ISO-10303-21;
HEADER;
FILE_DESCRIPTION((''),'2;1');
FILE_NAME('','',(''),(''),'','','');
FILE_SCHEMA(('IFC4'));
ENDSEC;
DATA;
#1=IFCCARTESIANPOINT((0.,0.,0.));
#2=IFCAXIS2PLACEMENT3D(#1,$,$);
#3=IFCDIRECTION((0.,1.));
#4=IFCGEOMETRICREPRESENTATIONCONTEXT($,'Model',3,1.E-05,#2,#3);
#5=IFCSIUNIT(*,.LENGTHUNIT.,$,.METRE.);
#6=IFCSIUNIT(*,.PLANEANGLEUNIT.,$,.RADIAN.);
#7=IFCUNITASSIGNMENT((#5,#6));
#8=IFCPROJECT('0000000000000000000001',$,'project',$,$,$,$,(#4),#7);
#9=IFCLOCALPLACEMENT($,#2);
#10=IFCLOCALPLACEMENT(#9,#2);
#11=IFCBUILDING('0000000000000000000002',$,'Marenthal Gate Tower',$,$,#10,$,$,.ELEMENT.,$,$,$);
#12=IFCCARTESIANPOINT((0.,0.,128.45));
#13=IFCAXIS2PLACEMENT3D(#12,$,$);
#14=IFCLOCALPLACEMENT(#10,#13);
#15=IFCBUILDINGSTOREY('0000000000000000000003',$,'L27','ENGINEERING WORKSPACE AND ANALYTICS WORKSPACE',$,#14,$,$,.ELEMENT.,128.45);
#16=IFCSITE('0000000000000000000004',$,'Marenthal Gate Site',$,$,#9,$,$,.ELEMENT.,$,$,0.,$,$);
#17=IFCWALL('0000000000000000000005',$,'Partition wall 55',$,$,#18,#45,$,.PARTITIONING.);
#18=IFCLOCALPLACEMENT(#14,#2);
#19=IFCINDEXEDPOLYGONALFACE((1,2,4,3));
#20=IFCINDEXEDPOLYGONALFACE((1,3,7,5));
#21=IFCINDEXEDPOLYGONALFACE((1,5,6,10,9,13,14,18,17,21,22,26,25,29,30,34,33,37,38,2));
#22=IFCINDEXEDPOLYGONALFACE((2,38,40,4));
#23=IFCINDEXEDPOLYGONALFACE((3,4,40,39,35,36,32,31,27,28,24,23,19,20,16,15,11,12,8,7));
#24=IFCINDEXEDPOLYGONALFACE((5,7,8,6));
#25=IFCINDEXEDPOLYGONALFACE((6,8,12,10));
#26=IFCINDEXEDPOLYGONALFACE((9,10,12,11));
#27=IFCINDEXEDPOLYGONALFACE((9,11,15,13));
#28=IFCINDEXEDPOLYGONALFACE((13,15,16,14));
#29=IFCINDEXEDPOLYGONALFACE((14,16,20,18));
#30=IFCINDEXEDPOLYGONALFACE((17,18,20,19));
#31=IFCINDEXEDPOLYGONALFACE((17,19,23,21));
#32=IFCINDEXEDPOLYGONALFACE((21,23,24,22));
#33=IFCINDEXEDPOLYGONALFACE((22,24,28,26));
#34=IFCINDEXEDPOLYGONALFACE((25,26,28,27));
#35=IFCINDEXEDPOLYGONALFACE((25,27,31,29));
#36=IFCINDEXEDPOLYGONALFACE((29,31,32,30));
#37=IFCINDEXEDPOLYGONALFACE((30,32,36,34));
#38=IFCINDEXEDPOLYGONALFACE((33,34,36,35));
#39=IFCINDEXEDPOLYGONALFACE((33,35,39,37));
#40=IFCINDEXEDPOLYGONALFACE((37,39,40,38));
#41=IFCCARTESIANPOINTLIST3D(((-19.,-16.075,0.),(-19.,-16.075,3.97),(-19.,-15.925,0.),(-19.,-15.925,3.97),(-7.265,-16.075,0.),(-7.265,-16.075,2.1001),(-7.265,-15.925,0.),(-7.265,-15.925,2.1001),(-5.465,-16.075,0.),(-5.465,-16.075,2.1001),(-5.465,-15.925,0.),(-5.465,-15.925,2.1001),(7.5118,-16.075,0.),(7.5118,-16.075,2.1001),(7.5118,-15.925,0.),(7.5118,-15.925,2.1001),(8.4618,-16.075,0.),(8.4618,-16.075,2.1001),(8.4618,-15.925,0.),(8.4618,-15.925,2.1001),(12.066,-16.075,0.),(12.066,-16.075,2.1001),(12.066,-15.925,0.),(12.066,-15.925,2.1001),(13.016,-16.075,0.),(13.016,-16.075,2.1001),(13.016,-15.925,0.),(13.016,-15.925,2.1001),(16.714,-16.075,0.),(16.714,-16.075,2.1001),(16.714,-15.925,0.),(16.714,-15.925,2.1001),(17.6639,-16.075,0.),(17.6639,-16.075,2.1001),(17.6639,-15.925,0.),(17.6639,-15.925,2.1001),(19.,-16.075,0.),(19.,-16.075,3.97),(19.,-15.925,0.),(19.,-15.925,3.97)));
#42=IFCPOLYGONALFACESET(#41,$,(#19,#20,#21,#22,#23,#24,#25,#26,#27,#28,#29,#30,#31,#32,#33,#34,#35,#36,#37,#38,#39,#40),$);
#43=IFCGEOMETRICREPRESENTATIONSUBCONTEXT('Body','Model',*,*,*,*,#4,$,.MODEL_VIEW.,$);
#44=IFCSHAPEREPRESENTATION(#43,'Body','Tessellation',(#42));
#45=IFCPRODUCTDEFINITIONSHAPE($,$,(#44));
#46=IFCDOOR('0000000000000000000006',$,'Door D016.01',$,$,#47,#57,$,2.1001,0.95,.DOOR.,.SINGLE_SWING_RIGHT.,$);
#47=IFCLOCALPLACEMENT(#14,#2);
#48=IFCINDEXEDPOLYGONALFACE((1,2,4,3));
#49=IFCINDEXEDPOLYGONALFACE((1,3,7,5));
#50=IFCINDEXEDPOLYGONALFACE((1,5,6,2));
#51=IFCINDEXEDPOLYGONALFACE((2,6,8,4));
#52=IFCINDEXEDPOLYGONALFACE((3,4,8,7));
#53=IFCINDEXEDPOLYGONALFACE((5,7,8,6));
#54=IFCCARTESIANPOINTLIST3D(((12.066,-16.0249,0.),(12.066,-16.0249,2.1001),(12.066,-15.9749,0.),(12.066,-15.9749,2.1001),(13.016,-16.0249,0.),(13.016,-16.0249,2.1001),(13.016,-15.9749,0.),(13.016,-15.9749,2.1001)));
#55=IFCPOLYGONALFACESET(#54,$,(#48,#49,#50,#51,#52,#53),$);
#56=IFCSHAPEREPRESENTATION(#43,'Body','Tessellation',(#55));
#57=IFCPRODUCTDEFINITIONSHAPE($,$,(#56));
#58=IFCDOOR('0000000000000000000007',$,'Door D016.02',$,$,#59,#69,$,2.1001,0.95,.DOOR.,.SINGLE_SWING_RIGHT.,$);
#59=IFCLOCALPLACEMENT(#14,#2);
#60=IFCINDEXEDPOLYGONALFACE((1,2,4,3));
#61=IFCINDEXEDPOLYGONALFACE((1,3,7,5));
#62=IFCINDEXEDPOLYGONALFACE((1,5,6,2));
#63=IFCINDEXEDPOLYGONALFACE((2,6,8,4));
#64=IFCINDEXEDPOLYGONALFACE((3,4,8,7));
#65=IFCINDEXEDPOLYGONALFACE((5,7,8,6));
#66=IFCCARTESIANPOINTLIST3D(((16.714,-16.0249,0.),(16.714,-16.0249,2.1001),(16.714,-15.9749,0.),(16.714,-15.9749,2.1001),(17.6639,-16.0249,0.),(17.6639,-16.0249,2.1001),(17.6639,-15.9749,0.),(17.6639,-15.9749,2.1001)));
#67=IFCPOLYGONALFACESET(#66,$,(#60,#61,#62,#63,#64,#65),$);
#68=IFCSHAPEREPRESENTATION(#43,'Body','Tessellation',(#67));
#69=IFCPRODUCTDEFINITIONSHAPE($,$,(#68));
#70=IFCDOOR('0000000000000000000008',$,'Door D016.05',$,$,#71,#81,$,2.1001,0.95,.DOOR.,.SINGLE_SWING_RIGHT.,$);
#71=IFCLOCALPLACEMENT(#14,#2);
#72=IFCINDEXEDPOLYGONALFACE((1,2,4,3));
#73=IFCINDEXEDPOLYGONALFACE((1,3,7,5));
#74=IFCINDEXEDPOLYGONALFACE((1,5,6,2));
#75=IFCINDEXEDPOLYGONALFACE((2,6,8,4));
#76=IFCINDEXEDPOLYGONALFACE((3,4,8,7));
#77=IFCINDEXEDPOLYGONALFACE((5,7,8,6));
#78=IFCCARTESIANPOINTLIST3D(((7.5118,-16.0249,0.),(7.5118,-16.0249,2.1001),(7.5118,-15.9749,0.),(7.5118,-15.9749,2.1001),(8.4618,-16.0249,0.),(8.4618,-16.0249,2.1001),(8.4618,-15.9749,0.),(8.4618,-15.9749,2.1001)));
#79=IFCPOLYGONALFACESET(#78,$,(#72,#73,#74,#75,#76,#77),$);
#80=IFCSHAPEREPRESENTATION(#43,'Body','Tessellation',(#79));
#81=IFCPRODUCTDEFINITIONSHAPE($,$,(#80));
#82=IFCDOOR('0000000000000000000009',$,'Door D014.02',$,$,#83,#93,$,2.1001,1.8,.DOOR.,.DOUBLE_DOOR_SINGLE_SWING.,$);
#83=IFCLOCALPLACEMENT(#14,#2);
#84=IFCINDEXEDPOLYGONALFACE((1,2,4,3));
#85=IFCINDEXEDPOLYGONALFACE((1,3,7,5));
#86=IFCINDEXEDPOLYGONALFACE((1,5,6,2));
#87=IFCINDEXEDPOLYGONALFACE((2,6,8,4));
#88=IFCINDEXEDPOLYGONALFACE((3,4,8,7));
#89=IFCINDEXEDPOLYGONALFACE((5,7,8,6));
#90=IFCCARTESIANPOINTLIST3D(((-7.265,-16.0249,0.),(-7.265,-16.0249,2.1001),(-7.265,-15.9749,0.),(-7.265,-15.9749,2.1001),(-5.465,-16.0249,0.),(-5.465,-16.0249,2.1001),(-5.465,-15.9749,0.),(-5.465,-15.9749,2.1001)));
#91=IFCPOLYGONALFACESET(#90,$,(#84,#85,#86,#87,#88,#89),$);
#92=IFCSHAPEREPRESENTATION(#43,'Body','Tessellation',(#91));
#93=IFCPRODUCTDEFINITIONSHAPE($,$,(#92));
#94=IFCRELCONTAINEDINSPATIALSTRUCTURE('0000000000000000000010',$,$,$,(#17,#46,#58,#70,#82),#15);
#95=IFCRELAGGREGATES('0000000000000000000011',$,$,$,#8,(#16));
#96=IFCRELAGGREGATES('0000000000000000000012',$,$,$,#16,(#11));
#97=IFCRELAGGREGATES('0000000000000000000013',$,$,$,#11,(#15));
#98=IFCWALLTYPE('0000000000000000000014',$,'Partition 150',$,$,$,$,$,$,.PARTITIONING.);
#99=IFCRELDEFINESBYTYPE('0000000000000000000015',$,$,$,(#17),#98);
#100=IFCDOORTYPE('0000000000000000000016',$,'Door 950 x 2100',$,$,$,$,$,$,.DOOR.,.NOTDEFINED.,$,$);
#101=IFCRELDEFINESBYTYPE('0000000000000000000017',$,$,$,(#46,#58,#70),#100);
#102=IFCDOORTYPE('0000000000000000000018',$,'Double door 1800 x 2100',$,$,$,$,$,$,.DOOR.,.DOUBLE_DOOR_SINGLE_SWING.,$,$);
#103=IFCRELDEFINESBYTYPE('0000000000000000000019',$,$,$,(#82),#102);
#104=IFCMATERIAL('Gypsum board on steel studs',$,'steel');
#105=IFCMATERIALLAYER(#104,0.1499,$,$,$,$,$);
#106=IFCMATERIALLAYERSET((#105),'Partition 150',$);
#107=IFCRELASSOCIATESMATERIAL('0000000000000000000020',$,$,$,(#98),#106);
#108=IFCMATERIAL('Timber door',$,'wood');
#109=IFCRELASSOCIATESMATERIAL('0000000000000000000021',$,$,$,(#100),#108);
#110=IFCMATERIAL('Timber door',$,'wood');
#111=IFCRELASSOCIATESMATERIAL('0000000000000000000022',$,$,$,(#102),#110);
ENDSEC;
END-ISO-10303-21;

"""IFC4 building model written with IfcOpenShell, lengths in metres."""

from ifc_helpers import new_model, si_unit, direction, frame, frame_2d, origin, place, context, subcontext, project, spatial, rectangle, extrude, material, layer, layer_set, type_object, element, fill, save


model = new_model("IFC4")

# Units and contexts
model_context = context("Model", 3, precision=1e-05, world=origin(), true_north=direction((0.0, 1.0)))
body_context = subcontext(model_context, "Body", "Model", "MODEL_VIEW")
ifc_project = project(units=[si_unit("LENGTHUNIT", "METRE"), si_unit("PLANEANGLEUNIT", "RADIAN")], contexts=[model_context])

# Site, building, storey
site_placement = place(None, origin())
site = spatial("IfcSite", under=ifc_project, at=site_placement, Name="Marenthal Gate Site", CompositionType="ELEMENT", RefElevation=0.0)
building_placement = place(site_placement, origin())
building = spatial("IfcBuilding", under=site, at=building_placement, Name="Marenthal Gate Tower", CompositionType="ELEMENT")
storey_placement = place(building_placement, frame((0.0, 0.0, 128.45)))
storey = spatial("IfcBuildingStorey", under=building, at=storey_placement, Name="L27", Description="ENGINEERING WORKSPACE AND ANALYTICS WORKSPACE", CompositionType="ELEMENT", Elevation=128.45)

# Wall, openings, doors
ifc_material_1 = material(Name="Gypsum board on steel studs", Category="steel")
ifc_layer_1 = layer(ifc_material_1, 0.1499)
ifc_layer_set_1 = layer_set([ifc_layer_1], Name="Partition 150")
wall_type_1 = type_object("IfcWallType", Name="Partition 150", PredefinedType="PARTITIONING", material=ifc_layer_set_1)
wall_1_placement = place(storey_placement, frame((19.0, -16.0, 0.0), z_axis=(0.0, 0.0, 1.0), x_axis=(-1.0, 0.0, 0.0)))
wall_1 = element("IfcWall", 1, at=wall_1_placement, inside=storey, type_object=wall_type_1, Name="Partition wall 55", PredefinedType="PARTITIONING", context=body_context, shape_type="SweptSolid", body=[
    extrude(rectangle(XDim=38.0, YDim=0.1499, at=frame_2d((19.0, 0.0))), origin(), (0.0, 0.0, 1.0), 3.97),
])
opening_1_placement = place(wall_1_placement, frame((24.4651, 0.0, 0.0)))
opening_1 = element("IfcOpeningElement", 2, at=opening_1_placement, cuts=wall_1, PredefinedType="OPENING", context=body_context, shape_type="SweptSolid", body=[
    extrude(rectangle(XDim=1.8, YDim=2.1001, at=frame_2d((0.8999, 1.05))), frame((0.0, 0.085, 0.0), z_axis=(0.0, -1.0, 0.0), x_axis=(1.0, 0.0, 0.0)), (0.0, 0.0, 1.0), 0.1699),
])
opening_2_placement = place(wall_1_placement, frame((5.9839, 0.0, 0.0)))
opening_2 = element("IfcOpeningElement", 3, at=opening_2_placement, cuts=wall_1, PredefinedType="OPENING", context=body_context, shape_type="SweptSolid", body=[
    extrude(rectangle(XDim=0.95, YDim=2.1001, at=frame_2d((0.4751, 1.05))), frame((0.0, 0.085, 0.0), z_axis=(0.0, -1.0, 0.0), x_axis=(1.0, 0.0, 0.0)), (0.0, 0.0, 1.0), 0.1699),
])
opening_3_placement = place(wall_1_placement, frame((1.3359, 0.0, 0.0)))
opening_3 = element("IfcOpeningElement", 4, at=opening_3_placement, cuts=wall_1, PredefinedType="OPENING", context=body_context, shape_type="SweptSolid", body=[
    extrude(rectangle(XDim=0.95, YDim=2.1001, at=frame_2d((0.4751, 1.05))), frame((0.0, 0.085, 0.0), z_axis=(0.0, -1.0, 0.0), x_axis=(1.0, 0.0, 0.0)), (0.0, 0.0, 1.0), 0.1699),
])
opening_4_placement = place(wall_1_placement, frame((10.5381, 0.0, 0.0)))
opening_4 = element("IfcOpeningElement", 5, at=opening_4_placement, cuts=wall_1, PredefinedType="OPENING", context=body_context, shape_type="SweptSolid", body=[
    extrude(rectangle(XDim=0.95, YDim=2.1001, at=frame_2d((0.4751, 1.05))), frame((0.0, 0.085, 0.0), z_axis=(0.0, -1.0, 0.0), x_axis=(1.0, 0.0, 0.0)), (0.0, 0.0, 1.0), 0.1699),
])
ifc_material_2 = material(Name="Timber door", Category="wood")
door_type_1 = type_object("IfcDoorType", Name="Door 950 x 2100", OperationType="NOTDEFINED", PredefinedType="DOOR", material=ifc_material_2)
door_1_placement = place(opening_2_placement, origin())
door_1 = element("IfcDoor", 6, at=door_1_placement, inside=storey, type_object=door_type_1, Name="Door D016.01", OperationType="SINGLE_SWING_RIGHT", OverallHeight=2.1001, OverallWidth=0.95, PredefinedType="DOOR", context=body_context, shape_type="SweptSolid", body=[
    extrude(rectangle(XDim=0.95, YDim=2.1001, at=frame_2d((0.4751, 1.05))), frame((0.0, 0.0249, 0.0), z_axis=(0.0, -1.0, 0.0), x_axis=(1.0, 0.0, 0.0)), (0.0, 0.0, 1.0), 0.05),
])
fill(opening_2, door_1)
door_2_placement = place(opening_3_placement, origin())
door_2 = element("IfcDoor", 7, at=door_2_placement, inside=storey, type_object=door_type_1, Name="Door D016.02", OperationType="SINGLE_SWING_RIGHT", OverallHeight=2.1001, OverallWidth=0.95, PredefinedType="DOOR", context=body_context, shape_type="SweptSolid", body=[
    extrude(rectangle(XDim=0.95, YDim=2.1001, at=frame_2d((0.4751, 1.05))), frame((0.0, 0.0249, 0.0), z_axis=(0.0, -1.0, 0.0), x_axis=(1.0, 0.0, 0.0)), (0.0, 0.0, 1.0), 0.05),
])
fill(opening_3, door_2)
door_3_placement = place(opening_4_placement, origin())
door_3 = element("IfcDoor", 8, at=door_3_placement, inside=storey, type_object=door_type_1, Name="Door D016.05", OperationType="SINGLE_SWING_RIGHT", OverallHeight=2.1001, OverallWidth=0.95, PredefinedType="DOOR", context=body_context, shape_type="SweptSolid", body=[
    extrude(rectangle(XDim=0.95, YDim=2.1001, at=frame_2d((0.4751, 1.05))), frame((0.0, 0.0249, 0.0), z_axis=(0.0, -1.0, 0.0), x_axis=(1.0, 0.0, 0.0)), (0.0, 0.0, 1.0), 0.05),
])
fill(opening_4, door_3)
ifc_material_3 = material(Name="Timber door", Category="wood")
door_type_2 = type_object("IfcDoorType", Name="Double door 1800 x 2100", OperationType="DOUBLE_DOOR_SINGLE_SWING", PredefinedType="DOOR", material=ifc_material_3)
door_4_placement = place(opening_1_placement, origin())
door_4 = element("IfcDoor", 9, at=door_4_placement, inside=storey, type_object=door_type_2, Name="Door D014.02", OperationType="DOUBLE_DOOR_SINGLE_SWING", OverallHeight=2.1001, OverallWidth=1.8, PredefinedType="DOOR", context=body_context, shape_type="SweptSolid", body=[
    extrude(rectangle(XDim=1.8, YDim=2.1001, at=frame_2d((0.8999, 1.05))), frame((0.0, 0.0249, 0.0), z_axis=(0.0, -1.0, 0.0), x_axis=(1.0, 0.0, 0.0)), (0.0, 0.0, 1.0), 0.05),
])
fill(opening_1, door_4)

save(model, "model.ifc")
